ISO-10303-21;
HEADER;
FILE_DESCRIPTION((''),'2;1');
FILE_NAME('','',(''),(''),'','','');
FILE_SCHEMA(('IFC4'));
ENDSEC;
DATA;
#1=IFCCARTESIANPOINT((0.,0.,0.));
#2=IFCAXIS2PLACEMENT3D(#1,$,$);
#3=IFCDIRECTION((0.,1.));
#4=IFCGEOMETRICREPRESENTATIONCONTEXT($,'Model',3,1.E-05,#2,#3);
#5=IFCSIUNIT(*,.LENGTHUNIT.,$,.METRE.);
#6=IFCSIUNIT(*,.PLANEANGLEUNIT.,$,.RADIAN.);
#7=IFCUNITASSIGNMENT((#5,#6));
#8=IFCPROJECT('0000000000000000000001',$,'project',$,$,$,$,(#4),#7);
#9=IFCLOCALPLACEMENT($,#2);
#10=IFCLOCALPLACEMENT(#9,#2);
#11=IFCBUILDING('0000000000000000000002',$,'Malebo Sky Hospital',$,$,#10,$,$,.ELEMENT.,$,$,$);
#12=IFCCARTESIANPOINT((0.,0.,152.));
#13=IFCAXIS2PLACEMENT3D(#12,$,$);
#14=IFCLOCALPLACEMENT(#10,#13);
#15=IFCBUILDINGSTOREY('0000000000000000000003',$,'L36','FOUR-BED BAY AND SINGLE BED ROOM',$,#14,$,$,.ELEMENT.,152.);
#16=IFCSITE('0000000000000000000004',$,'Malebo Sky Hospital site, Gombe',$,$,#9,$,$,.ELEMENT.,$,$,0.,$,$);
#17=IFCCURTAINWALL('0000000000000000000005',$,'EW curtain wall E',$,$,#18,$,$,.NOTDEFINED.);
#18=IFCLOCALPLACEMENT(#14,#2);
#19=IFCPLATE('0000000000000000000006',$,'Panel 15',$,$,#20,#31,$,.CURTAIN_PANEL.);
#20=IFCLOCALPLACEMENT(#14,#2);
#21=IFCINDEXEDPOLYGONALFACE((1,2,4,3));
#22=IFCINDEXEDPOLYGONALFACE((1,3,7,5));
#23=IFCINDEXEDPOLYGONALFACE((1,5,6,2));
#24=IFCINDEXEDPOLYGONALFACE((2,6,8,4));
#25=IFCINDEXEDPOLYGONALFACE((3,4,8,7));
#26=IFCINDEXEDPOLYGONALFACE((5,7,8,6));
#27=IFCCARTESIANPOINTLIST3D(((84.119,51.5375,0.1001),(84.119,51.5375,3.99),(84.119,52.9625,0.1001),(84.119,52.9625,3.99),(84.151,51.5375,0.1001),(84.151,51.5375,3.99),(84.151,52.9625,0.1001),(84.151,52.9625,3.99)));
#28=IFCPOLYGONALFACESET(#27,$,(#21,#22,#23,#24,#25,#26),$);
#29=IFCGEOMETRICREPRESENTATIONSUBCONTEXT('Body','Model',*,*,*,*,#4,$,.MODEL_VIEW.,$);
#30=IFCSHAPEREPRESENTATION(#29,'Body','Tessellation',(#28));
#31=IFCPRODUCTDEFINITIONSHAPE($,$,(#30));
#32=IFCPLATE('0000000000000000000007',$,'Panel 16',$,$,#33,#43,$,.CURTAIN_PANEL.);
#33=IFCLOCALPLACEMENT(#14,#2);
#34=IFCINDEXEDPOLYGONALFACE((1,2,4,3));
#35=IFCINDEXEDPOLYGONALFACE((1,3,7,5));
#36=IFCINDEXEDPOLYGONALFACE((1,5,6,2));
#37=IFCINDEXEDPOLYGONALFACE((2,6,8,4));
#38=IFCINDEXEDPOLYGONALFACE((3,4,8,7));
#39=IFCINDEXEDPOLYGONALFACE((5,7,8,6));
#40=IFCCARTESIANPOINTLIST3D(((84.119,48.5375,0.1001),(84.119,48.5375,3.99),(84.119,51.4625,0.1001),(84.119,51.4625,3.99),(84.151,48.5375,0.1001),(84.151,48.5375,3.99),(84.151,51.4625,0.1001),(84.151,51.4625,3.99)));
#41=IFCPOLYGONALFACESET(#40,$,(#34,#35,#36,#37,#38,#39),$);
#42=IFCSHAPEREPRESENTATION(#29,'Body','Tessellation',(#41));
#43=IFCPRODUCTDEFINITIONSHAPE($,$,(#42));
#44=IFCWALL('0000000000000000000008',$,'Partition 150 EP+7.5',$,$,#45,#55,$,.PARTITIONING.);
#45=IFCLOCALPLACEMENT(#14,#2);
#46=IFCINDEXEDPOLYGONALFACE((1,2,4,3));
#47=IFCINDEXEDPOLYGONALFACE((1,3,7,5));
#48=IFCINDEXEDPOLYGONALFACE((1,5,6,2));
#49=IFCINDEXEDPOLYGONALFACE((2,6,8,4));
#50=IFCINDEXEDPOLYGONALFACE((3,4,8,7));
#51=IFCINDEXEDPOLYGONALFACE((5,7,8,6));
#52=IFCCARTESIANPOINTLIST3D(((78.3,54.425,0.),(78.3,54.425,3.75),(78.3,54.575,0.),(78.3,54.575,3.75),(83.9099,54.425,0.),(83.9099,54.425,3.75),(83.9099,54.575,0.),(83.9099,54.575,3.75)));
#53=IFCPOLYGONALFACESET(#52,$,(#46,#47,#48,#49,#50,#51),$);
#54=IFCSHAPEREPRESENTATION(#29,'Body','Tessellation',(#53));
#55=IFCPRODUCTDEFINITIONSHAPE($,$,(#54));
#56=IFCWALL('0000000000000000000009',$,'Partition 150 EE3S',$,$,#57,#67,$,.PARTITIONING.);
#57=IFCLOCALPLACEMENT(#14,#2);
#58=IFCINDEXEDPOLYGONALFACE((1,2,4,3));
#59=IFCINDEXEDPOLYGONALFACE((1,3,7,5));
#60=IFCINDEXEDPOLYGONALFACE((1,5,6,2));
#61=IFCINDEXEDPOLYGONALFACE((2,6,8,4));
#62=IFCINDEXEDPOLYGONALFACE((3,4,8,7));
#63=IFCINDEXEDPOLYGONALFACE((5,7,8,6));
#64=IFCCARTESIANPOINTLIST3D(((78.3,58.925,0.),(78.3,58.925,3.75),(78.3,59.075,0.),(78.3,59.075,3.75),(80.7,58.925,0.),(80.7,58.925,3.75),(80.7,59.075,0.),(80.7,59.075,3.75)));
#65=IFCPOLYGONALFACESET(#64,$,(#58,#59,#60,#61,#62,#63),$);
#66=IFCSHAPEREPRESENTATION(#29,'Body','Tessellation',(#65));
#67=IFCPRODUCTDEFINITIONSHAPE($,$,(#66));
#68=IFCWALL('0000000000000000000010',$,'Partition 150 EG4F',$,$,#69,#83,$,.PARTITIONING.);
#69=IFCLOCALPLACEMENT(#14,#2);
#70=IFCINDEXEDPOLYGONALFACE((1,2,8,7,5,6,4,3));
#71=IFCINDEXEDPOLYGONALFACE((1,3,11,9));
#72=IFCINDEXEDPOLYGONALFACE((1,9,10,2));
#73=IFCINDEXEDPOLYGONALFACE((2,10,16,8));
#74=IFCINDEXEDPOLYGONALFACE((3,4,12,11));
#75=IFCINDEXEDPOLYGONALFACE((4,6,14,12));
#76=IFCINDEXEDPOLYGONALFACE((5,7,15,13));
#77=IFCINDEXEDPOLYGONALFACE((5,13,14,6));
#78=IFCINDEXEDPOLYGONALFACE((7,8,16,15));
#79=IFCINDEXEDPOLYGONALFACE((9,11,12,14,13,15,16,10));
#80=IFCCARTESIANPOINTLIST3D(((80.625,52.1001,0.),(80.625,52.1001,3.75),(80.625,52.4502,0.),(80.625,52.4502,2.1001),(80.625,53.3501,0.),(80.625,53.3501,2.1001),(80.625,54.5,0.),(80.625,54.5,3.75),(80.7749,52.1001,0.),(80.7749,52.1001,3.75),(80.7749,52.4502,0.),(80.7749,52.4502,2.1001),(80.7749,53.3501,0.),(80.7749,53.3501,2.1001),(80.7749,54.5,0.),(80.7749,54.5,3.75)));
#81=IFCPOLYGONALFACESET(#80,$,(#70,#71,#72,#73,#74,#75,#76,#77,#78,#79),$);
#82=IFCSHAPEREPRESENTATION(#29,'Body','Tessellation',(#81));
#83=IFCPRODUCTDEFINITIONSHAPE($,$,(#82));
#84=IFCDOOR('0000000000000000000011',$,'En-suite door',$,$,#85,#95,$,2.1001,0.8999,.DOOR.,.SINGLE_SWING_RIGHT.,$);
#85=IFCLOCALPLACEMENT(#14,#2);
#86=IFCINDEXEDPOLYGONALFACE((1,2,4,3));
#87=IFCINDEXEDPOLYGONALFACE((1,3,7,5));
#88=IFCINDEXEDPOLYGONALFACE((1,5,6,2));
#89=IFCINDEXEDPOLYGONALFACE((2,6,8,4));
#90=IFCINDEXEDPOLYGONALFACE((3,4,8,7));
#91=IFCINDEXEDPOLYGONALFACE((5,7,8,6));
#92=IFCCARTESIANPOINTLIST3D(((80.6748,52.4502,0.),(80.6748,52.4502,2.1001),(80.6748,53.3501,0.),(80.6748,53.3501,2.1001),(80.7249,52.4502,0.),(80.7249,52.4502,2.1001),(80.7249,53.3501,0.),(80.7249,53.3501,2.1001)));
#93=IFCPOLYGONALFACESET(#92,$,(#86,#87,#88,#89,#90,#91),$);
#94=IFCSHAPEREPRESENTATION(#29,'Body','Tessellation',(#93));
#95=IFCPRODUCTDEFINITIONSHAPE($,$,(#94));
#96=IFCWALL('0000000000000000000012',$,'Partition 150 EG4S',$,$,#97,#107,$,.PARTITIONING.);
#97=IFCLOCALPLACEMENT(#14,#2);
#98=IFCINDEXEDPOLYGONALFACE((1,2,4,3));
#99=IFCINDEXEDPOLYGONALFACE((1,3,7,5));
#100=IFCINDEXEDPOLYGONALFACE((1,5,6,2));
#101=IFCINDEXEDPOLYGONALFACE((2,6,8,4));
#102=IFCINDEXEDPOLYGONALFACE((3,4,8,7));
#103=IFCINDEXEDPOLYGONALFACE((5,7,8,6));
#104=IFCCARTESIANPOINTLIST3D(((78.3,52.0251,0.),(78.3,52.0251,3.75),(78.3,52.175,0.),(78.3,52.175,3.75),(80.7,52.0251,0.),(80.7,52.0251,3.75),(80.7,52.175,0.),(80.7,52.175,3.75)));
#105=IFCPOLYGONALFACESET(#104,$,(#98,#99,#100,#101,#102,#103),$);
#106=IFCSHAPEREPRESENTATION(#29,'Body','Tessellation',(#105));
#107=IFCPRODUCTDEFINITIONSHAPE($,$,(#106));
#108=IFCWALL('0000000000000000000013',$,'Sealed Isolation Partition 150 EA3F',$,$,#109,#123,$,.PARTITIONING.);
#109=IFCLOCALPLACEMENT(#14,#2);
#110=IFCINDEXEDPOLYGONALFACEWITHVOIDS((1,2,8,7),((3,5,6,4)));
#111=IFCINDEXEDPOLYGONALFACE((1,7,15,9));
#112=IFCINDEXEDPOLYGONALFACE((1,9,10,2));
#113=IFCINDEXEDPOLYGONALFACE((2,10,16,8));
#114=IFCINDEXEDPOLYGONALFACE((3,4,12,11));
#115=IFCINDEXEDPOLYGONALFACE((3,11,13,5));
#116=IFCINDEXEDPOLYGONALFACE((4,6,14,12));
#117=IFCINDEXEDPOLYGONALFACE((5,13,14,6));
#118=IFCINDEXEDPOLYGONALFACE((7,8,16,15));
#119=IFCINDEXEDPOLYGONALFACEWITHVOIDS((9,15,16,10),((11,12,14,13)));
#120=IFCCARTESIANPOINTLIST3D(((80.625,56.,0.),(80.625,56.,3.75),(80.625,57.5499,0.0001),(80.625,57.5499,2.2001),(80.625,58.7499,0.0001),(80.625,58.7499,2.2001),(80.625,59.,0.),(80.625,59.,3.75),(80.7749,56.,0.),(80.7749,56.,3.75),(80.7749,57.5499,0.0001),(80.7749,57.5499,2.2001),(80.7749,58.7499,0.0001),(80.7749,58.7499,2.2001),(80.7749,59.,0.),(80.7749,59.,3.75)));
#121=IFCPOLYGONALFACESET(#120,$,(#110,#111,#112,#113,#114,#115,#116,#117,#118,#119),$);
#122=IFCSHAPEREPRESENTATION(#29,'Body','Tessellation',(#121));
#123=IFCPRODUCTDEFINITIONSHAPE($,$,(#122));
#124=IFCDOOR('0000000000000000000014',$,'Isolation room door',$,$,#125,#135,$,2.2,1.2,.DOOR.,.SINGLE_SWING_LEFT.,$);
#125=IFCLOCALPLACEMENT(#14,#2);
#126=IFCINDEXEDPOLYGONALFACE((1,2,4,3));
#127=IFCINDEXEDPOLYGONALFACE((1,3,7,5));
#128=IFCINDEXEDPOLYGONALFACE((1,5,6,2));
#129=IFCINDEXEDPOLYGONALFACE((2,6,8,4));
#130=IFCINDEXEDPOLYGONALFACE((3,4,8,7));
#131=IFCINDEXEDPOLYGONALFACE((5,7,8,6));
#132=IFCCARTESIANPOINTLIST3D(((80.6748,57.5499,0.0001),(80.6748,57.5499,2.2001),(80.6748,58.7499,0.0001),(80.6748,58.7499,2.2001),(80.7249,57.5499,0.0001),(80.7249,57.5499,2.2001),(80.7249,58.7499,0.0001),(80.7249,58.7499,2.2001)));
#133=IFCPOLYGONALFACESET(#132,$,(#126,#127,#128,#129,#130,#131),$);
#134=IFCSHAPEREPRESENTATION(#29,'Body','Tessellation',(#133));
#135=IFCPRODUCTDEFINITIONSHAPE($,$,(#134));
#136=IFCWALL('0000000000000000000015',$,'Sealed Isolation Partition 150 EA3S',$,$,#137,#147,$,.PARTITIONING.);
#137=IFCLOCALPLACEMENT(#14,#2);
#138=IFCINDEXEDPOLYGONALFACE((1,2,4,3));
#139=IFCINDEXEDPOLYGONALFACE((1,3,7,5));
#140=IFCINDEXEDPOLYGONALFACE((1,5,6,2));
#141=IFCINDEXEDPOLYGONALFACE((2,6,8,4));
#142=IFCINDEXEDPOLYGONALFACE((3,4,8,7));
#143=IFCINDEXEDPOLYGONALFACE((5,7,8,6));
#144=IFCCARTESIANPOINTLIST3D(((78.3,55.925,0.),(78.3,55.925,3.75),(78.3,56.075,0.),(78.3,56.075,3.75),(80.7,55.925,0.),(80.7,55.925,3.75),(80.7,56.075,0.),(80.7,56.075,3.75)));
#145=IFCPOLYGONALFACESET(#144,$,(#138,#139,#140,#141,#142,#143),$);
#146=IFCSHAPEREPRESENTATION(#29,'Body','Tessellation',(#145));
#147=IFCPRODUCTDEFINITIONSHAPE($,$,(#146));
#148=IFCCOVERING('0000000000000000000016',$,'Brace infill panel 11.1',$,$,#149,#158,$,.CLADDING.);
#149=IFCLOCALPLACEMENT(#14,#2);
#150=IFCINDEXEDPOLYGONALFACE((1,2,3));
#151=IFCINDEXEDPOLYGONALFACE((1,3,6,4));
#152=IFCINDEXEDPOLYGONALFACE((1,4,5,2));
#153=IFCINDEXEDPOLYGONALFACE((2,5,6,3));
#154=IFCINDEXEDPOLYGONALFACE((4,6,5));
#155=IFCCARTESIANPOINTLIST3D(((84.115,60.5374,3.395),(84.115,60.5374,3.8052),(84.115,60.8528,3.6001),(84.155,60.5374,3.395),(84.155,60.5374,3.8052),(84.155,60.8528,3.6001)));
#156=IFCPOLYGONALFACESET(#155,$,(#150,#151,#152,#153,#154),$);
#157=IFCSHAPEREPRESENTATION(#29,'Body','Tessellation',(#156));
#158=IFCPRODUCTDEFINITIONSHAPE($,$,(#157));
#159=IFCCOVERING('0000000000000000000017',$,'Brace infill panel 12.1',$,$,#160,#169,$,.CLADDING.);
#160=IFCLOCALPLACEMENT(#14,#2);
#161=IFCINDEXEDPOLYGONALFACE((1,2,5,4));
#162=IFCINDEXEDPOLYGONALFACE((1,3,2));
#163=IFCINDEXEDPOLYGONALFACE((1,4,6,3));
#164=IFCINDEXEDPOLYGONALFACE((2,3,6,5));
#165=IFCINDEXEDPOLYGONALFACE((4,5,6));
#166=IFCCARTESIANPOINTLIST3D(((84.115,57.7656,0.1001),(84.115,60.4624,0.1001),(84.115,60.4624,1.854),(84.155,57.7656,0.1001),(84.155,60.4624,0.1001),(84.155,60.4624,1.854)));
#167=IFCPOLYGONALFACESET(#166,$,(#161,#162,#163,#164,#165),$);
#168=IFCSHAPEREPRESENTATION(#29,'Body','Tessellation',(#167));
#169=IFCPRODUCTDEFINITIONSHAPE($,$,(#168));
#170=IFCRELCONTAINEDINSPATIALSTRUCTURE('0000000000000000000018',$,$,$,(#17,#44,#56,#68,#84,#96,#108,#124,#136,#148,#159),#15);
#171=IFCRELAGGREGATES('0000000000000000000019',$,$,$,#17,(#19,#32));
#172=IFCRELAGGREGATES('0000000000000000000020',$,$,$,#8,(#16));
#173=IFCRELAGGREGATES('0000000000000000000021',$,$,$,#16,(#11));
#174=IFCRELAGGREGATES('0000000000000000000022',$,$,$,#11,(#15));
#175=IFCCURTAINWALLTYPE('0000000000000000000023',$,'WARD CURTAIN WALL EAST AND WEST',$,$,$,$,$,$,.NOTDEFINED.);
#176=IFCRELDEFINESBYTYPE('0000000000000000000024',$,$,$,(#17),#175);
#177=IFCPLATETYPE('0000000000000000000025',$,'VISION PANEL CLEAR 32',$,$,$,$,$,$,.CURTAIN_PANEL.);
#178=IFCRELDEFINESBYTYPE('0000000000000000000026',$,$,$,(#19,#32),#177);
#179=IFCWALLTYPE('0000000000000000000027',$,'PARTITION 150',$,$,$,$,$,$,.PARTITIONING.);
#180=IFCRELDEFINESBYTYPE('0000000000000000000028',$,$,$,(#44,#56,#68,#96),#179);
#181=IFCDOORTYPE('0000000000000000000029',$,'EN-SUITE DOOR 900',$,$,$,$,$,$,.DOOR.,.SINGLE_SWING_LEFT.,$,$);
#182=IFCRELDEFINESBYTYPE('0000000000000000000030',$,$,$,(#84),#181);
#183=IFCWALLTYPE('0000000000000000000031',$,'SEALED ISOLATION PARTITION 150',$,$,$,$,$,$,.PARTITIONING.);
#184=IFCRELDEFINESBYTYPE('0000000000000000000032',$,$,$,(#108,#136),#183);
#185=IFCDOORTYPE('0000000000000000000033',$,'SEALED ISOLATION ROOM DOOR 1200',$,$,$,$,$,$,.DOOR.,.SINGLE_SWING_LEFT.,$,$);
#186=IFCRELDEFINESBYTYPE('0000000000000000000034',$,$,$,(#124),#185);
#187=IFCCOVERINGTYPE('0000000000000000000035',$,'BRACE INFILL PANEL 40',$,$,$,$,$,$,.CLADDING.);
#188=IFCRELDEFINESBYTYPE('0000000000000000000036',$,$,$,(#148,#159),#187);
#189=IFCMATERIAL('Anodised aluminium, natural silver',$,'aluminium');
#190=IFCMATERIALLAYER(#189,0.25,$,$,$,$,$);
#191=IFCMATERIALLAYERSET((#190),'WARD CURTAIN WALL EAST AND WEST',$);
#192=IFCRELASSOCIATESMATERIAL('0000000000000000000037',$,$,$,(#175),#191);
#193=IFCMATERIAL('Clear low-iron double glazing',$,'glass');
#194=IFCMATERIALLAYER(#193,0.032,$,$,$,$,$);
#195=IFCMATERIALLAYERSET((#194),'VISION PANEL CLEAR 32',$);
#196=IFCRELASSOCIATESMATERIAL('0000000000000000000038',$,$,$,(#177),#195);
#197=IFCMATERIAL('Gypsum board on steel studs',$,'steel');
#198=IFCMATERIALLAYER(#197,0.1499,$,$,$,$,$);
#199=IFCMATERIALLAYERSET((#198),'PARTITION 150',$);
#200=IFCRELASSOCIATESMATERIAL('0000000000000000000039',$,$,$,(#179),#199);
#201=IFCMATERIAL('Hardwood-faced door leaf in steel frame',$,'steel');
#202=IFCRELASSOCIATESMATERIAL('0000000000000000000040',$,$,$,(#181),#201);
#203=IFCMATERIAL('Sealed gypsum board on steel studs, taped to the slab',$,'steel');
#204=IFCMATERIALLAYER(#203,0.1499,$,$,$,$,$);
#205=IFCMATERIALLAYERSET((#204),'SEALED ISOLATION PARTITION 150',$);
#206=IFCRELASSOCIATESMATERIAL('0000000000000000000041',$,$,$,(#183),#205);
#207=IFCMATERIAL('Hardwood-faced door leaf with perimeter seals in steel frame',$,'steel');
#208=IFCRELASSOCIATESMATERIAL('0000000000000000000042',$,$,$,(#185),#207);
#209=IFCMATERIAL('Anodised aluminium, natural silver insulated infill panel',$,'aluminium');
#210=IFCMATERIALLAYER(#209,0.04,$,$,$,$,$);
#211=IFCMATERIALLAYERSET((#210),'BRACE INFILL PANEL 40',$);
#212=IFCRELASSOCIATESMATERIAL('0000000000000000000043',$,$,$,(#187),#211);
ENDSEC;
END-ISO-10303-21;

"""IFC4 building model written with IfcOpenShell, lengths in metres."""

from ifc_helpers import new_model, si_unit, direction, frame, frame_2d, origin, origin_2d, place, context, subcontext, project, spatial, polyline, rectangle, outline, extrude, material, layer, layer_set, type_object, element, fill, aggregate, save


model = new_model("IFC4")

# Units and contexts
model_context = context("Model", 3, precision=1e-05, world=origin(), true_north=direction((0.0, 1.0)))
body_context = subcontext(model_context, "Body", "Model", "MODEL_VIEW")
ifc_project = project(units=[si_unit("LENGTHUNIT", "METRE"), si_unit("PLANEANGLEUNIT", "RADIAN")], contexts=[model_context])

# Site, building, storey
site_placement = place(None, origin())
site = spatial("IfcSite", under=ifc_project, at=site_placement, Name="Malebo Sky Hospital site, Gombe", CompositionType="ELEMENT", RefElevation=0.0)
building_placement = place(site_placement, origin())
building = spatial("IfcBuilding", under=site, at=building_placement, Name="Malebo Sky Hospital", CompositionType="ELEMENT")
storey_placement = place(building_placement, frame((0.0, 0.0, 152.0)))
storey = spatial("IfcBuildingStorey", under=building, at=storey_placement, Name="L36", Description="FOUR-BED BAY AND SINGLE BED ROOM", CompositionType="ELEMENT", Elevation=152.0)

# Curtain wall
ifc_material_1 = material(Name="Anodised aluminium, natural silver", Category="aluminium")
ifc_layer_1 = layer(ifc_material_1, 0.25)
ifc_layer_set_1 = layer_set([ifc_layer_1], Name="WARD CURTAIN WALL EAST AND WEST")
curtain_wall_type = type_object("IfcCurtainWallType", Name="WARD CURTAIN WALL EAST AND WEST", PredefinedType="NOTDEFINED", material=ifc_layer_set_1)
curtain_wall_placement = place(storey_placement, origin())
curtain_wall = element("IfcCurtainWall", 1, at=curtain_wall_placement, inside=storey, type_object=curtain_wall_type, Name="EW curtain wall E", PredefinedType="NOTDEFINED")

# Plates
ifc_material_2 = material(Name="Clear low-iron double glazing", Category="glass")
ifc_layer_2 = layer(ifc_material_2, 0.032)
ifc_layer_set_2 = layer_set([ifc_layer_2], Name="VISION PANEL CLEAR 32")
plate_type = type_object("IfcPlateType", Name="VISION PANEL CLEAR 32", PredefinedType="CURTAIN_PANEL", material=ifc_layer_set_2)
plate_1_placement = place(storey_placement, frame((84.135, 52.25, 0.1001), z_axis=(0.0, 0.0, 1.0), x_axis=(0.0, -1.0, 0.0)))
plate_1 = element("IfcPlate", 2, at=plate_1_placement, type_object=plate_type, Name="Panel 15", PredefinedType="CURTAIN_PANEL", context=body_context, shape_type="SweptSolid", body=[
    extrude(rectangle(XDim=1.425, YDim=0.032, at=origin_2d()), origin(), (0.0, 0.0, 1.0), 3.8899),
])
plate_2_placement = place(storey_placement, frame((84.135, 50.0, 0.1001), z_axis=(0.0, 0.0, 1.0), x_axis=(0.0, -1.0, 0.0)))
plate_2 = element("IfcPlate", 3, at=plate_2_placement, type_object=plate_type, Name="Panel 16", PredefinedType="CURTAIN_PANEL", context=body_context, shape_type="SweptSolid", body=[
    extrude(rectangle(XDim=2.925, YDim=0.032, at=origin_2d()), origin(), (0.0, 0.0, 1.0), 3.8899),
])
aggregate(curtain_wall, [plate_1, plate_2])

# Walls
ifc_material_3 = material(Name="Gypsum board on steel studs", Category="steel")
ifc_layer_3 = layer(ifc_material_3, 0.1499)
ifc_layer_set_3 = layer_set([ifc_layer_3], Name="PARTITION 150")
wall_type_1 = type_object("IfcWallType", Name="PARTITION 150", PredefinedType="PARTITIONING", material=ifc_layer_set_3)
wall_1_placement = place(storey_placement, frame((78.3, 54.5, 0.0), z_axis=(0.0, 0.0, 1.0), x_axis=(1.0, 0.0, 0.0)))
element("IfcWall", 4, at=wall_1_placement, inside=storey, type_object=wall_type_1, Name="Partition 150 EP+7.5", PredefinedType="PARTITIONING", context=body_context, shape_type="SweptSolid", body=[
    extrude(rectangle(XDim=5.6099, YDim=0.1499, at=frame_2d((2.8049, 0.0))), origin(), (0.0, 0.0, 1.0), 3.75),
])
wall_2_placement = place(storey_placement, frame((78.3, 59.0, 0.0), z_axis=(0.0, 0.0, 1.0), x_axis=(1.0, 0.0, 0.0)))
element("IfcWall", 5, at=wall_2_placement, inside=storey, type_object=wall_type_1, Name="Partition 150 EE3S", PredefinedType="PARTITIONING", context=body_context, shape_type="SweptSolid", body=[
    extrude(rectangle(XDim=2.3999, YDim=0.1499, at=frame_2d((1.2, 0.0))), origin(), (0.0, 0.0, 1.0), 3.75),
])

# Wall, opening, door
wall_3_placement = place(storey_placement, frame((80.7, 54.5, 0.0), z_axis=(0.0, 0.0, 1.0), x_axis=(0.0, -1.0, 0.0)))
wall_3 = element("IfcWall", 6, at=wall_3_placement, inside=storey, type_object=wall_type_1, Name="Partition 150 EG4F", PredefinedType="PARTITIONING", context=body_context, shape_type="SweptSolid", body=[
    extrude(rectangle(XDim=2.3999, YDim=0.1499, at=frame_2d((1.2, 0.0))), origin(), (0.0, 0.0, 1.0), 3.75),
])
opening_1_placement = place(wall_3_placement, frame((1.1499, 0.0, 0.0)))
opening_1 = element("IfcOpeningElement", 7, at=opening_1_placement, cuts=wall_3, PredefinedType="OPENING", context=body_context, shape_type="SweptSolid", body=[
    extrude(rectangle(XDim=0.8999, YDim=2.1001, at=frame_2d((0.45, 1.05))), frame((0.0, 0.085, 0.0), z_axis=(0.0, -1.0, 0.0), x_axis=(1.0, 0.0, 0.0)), (0.0, 0.0, 1.0), 0.1699),
])
ifc_material_4 = material(Name="Hardwood-faced door leaf in steel frame", Category="steel")
door_type_1 = type_object("IfcDoorType", Name="EN-SUITE DOOR 900", OperationType="SINGLE_SWING_LEFT", PredefinedType="DOOR", material=ifc_material_4)
door_1_placement = place(opening_1_placement, origin())
door_1 = element("IfcDoor", 8, at=door_1_placement, inside=storey, type_object=door_type_1, Name="En-suite door", OperationType="SINGLE_SWING_RIGHT", OverallHeight=2.1001, OverallWidth=0.8999, PredefinedType="DOOR", context=body_context, shape_type="SweptSolid", body=[
    extrude(rectangle(XDim=0.8999, YDim=2.1001, at=frame_2d((0.45, 1.05))), frame((0.0, 0.0249, 0.0), z_axis=(0.0, -1.0, 0.0), x_axis=(1.0, 0.0, 0.0)), (0.0, 0.0, 1.0), 0.05),
])
fill(opening_1, door_1)

# Wall
wall_4_placement = place(storey_placement, frame((78.3, 52.1001, 0.0), z_axis=(0.0, 0.0, 1.0), x_axis=(1.0, 0.0, 0.0)))
element("IfcWall", 9, at=wall_4_placement, inside=storey, type_object=wall_type_1, Name="Partition 150 EG4S", PredefinedType="PARTITIONING", context=body_context, shape_type="SweptSolid", body=[
    extrude(rectangle(XDim=2.3999, YDim=0.1499, at=frame_2d((1.2, 0.0))), origin(), (0.0, 0.0, 1.0), 3.75),
])

# Wall, opening, door
ifc_material_5 = material(Name="Sealed gypsum board on steel studs, taped to the slab", Category="steel")
ifc_layer_4 = layer(ifc_material_5, 0.1499)
ifc_layer_set_4 = layer_set([ifc_layer_4], Name="SEALED ISOLATION PARTITION 150")
wall_type_2 = type_object("IfcWallType", Name="SEALED ISOLATION PARTITION 150", PredefinedType="PARTITIONING", material=ifc_layer_set_4)
wall_5_placement = place(storey_placement, frame((80.7, 59.0, 0.0), z_axis=(0.0, 0.0, 1.0), x_axis=(0.0, -1.0, 0.0)))
wall_5 = element("IfcWall", 10, at=wall_5_placement, inside=storey, type_object=wall_type_2, Name="Sealed Isolation Partition 150 EA3F", PredefinedType="PARTITIONING", context=body_context, shape_type="SweptSolid", body=[
    extrude(rectangle(XDim=3.0, YDim=0.1499, at=frame_2d((1.5, 0.0))), origin(), (0.0, 0.0, 1.0), 3.75),
])
opening_2_placement = place(wall_5_placement, frame((0.25, 0.0, 0.0)))
opening_2 = element("IfcOpeningElement", 11, at=opening_2_placement, cuts=wall_5, PredefinedType="OPENING", context=body_context, shape_type="SweptSolid", body=[
    extrude(rectangle(XDim=1.2, YDim=2.2, at=frame_2d((0.6001, 1.1001))), frame((0.0, 0.085, 0.0), z_axis=(0.0, -1.0, 0.0), x_axis=(1.0, 0.0, 0.0)), (0.0, 0.0, 1.0), 0.1699),
])
ifc_material_6 = material(Name="Hardwood-faced door leaf with perimeter seals in steel frame", Category="steel")
door_type_2 = type_object("IfcDoorType", Name="SEALED ISOLATION ROOM DOOR 1200", OperationType="SINGLE_SWING_LEFT", PredefinedType="DOOR", material=ifc_material_6)
door_2_placement = place(opening_2_placement, origin())
door_2 = element("IfcDoor", 12, at=door_2_placement, inside=storey, type_object=door_type_2, Name="Isolation room door", OperationType="SINGLE_SWING_LEFT", OverallHeight=2.2, OverallWidth=1.2, PredefinedType="DOOR", context=body_context, shape_type="SweptSolid", body=[
    extrude(rectangle(XDim=1.2, YDim=2.2, at=frame_2d((0.6001, 1.1001))), frame((0.0, 0.0249, 0.0), z_axis=(0.0, -1.0, 0.0), x_axis=(1.0, 0.0, 0.0)), (0.0, 0.0, 1.0), 0.05),
])
fill(opening_2, door_2)

# Wall
wall_6_placement = place(storey_placement, frame((78.3, 56.0, 0.0), z_axis=(0.0, 0.0, 1.0), x_axis=(1.0, 0.0, 0.0)))
element("IfcWall", 13, at=wall_6_placement, inside=storey, type_object=wall_type_2, Name="Sealed Isolation Partition 150 EA3S", PredefinedType="PARTITIONING", context=body_context, shape_type="SweptSolid", body=[
    extrude(rectangle(XDim=2.3999, YDim=0.1499, at=frame_2d((1.2, 0.0))), origin(), (0.0, 0.0, 1.0), 3.75),
])

# Coverings
ifc_material_7 = material(Name="Anodised aluminium, natural silver insulated infill panel", Category="aluminium")
ifc_layer_5 = layer(ifc_material_7, 0.04)
ifc_layer_set_5 = layer_set([ifc_layer_5], Name="BRACE INFILL PANEL 40")
covering_type = type_object("IfcCoveringType", Name="BRACE INFILL PANEL 40", PredefinedType="CLADDING", material=ifc_layer_set_5)
covering_1_placement = place(storey_placement, frame((84.135, 60.6951, 3.395), z_axis=(0.0, 0.0, 1.0), x_axis=(0.0, -1.0, 0.0)))
element("IfcCovering", 14, at=covering_1_placement, inside=storey, type_object=covering_type, Name="Brace infill panel 11.1", PredefinedType="CLADDING", context=body_context, shape_type="SweptSolid", body=[
    extrude(outline(polyline([(0.1577, 0.0), (0.1577, 0.4102), (-0.1577, 0.2051), (0.1577, 0.0)])), frame((0.0, 0.02, 0.0), z_axis=(0.0, -1.0, 0.0), x_axis=(1.0, 0.0, 0.0)), (0.0, 0.0, 1.0), 0.04),
])
covering_2_placement = place(storey_placement, frame((84.135, 59.114, 0.1001), z_axis=(0.0, 0.0, 1.0), x_axis=(0.0, -1.0, 0.0)))
element("IfcCovering", 15, at=covering_2_placement, inside=storey, type_object=covering_type, Name="Brace infill panel 12.1", PredefinedType="CLADDING", context=body_context, shape_type="SweptSolid", body=[
    extrude(outline(polyline([(-1.3484, 0.0), (1.3484, 0.0), (-1.3484, 1.7539), (-1.3484, 0.0)])), frame((0.0, 0.02, 0.0), z_axis=(0.0, -1.0, 0.0), x_axis=(1.0, 0.0, 0.0)), (0.0, 0.0, 1.0), 0.04),
])

save(model, "model.ifc")
